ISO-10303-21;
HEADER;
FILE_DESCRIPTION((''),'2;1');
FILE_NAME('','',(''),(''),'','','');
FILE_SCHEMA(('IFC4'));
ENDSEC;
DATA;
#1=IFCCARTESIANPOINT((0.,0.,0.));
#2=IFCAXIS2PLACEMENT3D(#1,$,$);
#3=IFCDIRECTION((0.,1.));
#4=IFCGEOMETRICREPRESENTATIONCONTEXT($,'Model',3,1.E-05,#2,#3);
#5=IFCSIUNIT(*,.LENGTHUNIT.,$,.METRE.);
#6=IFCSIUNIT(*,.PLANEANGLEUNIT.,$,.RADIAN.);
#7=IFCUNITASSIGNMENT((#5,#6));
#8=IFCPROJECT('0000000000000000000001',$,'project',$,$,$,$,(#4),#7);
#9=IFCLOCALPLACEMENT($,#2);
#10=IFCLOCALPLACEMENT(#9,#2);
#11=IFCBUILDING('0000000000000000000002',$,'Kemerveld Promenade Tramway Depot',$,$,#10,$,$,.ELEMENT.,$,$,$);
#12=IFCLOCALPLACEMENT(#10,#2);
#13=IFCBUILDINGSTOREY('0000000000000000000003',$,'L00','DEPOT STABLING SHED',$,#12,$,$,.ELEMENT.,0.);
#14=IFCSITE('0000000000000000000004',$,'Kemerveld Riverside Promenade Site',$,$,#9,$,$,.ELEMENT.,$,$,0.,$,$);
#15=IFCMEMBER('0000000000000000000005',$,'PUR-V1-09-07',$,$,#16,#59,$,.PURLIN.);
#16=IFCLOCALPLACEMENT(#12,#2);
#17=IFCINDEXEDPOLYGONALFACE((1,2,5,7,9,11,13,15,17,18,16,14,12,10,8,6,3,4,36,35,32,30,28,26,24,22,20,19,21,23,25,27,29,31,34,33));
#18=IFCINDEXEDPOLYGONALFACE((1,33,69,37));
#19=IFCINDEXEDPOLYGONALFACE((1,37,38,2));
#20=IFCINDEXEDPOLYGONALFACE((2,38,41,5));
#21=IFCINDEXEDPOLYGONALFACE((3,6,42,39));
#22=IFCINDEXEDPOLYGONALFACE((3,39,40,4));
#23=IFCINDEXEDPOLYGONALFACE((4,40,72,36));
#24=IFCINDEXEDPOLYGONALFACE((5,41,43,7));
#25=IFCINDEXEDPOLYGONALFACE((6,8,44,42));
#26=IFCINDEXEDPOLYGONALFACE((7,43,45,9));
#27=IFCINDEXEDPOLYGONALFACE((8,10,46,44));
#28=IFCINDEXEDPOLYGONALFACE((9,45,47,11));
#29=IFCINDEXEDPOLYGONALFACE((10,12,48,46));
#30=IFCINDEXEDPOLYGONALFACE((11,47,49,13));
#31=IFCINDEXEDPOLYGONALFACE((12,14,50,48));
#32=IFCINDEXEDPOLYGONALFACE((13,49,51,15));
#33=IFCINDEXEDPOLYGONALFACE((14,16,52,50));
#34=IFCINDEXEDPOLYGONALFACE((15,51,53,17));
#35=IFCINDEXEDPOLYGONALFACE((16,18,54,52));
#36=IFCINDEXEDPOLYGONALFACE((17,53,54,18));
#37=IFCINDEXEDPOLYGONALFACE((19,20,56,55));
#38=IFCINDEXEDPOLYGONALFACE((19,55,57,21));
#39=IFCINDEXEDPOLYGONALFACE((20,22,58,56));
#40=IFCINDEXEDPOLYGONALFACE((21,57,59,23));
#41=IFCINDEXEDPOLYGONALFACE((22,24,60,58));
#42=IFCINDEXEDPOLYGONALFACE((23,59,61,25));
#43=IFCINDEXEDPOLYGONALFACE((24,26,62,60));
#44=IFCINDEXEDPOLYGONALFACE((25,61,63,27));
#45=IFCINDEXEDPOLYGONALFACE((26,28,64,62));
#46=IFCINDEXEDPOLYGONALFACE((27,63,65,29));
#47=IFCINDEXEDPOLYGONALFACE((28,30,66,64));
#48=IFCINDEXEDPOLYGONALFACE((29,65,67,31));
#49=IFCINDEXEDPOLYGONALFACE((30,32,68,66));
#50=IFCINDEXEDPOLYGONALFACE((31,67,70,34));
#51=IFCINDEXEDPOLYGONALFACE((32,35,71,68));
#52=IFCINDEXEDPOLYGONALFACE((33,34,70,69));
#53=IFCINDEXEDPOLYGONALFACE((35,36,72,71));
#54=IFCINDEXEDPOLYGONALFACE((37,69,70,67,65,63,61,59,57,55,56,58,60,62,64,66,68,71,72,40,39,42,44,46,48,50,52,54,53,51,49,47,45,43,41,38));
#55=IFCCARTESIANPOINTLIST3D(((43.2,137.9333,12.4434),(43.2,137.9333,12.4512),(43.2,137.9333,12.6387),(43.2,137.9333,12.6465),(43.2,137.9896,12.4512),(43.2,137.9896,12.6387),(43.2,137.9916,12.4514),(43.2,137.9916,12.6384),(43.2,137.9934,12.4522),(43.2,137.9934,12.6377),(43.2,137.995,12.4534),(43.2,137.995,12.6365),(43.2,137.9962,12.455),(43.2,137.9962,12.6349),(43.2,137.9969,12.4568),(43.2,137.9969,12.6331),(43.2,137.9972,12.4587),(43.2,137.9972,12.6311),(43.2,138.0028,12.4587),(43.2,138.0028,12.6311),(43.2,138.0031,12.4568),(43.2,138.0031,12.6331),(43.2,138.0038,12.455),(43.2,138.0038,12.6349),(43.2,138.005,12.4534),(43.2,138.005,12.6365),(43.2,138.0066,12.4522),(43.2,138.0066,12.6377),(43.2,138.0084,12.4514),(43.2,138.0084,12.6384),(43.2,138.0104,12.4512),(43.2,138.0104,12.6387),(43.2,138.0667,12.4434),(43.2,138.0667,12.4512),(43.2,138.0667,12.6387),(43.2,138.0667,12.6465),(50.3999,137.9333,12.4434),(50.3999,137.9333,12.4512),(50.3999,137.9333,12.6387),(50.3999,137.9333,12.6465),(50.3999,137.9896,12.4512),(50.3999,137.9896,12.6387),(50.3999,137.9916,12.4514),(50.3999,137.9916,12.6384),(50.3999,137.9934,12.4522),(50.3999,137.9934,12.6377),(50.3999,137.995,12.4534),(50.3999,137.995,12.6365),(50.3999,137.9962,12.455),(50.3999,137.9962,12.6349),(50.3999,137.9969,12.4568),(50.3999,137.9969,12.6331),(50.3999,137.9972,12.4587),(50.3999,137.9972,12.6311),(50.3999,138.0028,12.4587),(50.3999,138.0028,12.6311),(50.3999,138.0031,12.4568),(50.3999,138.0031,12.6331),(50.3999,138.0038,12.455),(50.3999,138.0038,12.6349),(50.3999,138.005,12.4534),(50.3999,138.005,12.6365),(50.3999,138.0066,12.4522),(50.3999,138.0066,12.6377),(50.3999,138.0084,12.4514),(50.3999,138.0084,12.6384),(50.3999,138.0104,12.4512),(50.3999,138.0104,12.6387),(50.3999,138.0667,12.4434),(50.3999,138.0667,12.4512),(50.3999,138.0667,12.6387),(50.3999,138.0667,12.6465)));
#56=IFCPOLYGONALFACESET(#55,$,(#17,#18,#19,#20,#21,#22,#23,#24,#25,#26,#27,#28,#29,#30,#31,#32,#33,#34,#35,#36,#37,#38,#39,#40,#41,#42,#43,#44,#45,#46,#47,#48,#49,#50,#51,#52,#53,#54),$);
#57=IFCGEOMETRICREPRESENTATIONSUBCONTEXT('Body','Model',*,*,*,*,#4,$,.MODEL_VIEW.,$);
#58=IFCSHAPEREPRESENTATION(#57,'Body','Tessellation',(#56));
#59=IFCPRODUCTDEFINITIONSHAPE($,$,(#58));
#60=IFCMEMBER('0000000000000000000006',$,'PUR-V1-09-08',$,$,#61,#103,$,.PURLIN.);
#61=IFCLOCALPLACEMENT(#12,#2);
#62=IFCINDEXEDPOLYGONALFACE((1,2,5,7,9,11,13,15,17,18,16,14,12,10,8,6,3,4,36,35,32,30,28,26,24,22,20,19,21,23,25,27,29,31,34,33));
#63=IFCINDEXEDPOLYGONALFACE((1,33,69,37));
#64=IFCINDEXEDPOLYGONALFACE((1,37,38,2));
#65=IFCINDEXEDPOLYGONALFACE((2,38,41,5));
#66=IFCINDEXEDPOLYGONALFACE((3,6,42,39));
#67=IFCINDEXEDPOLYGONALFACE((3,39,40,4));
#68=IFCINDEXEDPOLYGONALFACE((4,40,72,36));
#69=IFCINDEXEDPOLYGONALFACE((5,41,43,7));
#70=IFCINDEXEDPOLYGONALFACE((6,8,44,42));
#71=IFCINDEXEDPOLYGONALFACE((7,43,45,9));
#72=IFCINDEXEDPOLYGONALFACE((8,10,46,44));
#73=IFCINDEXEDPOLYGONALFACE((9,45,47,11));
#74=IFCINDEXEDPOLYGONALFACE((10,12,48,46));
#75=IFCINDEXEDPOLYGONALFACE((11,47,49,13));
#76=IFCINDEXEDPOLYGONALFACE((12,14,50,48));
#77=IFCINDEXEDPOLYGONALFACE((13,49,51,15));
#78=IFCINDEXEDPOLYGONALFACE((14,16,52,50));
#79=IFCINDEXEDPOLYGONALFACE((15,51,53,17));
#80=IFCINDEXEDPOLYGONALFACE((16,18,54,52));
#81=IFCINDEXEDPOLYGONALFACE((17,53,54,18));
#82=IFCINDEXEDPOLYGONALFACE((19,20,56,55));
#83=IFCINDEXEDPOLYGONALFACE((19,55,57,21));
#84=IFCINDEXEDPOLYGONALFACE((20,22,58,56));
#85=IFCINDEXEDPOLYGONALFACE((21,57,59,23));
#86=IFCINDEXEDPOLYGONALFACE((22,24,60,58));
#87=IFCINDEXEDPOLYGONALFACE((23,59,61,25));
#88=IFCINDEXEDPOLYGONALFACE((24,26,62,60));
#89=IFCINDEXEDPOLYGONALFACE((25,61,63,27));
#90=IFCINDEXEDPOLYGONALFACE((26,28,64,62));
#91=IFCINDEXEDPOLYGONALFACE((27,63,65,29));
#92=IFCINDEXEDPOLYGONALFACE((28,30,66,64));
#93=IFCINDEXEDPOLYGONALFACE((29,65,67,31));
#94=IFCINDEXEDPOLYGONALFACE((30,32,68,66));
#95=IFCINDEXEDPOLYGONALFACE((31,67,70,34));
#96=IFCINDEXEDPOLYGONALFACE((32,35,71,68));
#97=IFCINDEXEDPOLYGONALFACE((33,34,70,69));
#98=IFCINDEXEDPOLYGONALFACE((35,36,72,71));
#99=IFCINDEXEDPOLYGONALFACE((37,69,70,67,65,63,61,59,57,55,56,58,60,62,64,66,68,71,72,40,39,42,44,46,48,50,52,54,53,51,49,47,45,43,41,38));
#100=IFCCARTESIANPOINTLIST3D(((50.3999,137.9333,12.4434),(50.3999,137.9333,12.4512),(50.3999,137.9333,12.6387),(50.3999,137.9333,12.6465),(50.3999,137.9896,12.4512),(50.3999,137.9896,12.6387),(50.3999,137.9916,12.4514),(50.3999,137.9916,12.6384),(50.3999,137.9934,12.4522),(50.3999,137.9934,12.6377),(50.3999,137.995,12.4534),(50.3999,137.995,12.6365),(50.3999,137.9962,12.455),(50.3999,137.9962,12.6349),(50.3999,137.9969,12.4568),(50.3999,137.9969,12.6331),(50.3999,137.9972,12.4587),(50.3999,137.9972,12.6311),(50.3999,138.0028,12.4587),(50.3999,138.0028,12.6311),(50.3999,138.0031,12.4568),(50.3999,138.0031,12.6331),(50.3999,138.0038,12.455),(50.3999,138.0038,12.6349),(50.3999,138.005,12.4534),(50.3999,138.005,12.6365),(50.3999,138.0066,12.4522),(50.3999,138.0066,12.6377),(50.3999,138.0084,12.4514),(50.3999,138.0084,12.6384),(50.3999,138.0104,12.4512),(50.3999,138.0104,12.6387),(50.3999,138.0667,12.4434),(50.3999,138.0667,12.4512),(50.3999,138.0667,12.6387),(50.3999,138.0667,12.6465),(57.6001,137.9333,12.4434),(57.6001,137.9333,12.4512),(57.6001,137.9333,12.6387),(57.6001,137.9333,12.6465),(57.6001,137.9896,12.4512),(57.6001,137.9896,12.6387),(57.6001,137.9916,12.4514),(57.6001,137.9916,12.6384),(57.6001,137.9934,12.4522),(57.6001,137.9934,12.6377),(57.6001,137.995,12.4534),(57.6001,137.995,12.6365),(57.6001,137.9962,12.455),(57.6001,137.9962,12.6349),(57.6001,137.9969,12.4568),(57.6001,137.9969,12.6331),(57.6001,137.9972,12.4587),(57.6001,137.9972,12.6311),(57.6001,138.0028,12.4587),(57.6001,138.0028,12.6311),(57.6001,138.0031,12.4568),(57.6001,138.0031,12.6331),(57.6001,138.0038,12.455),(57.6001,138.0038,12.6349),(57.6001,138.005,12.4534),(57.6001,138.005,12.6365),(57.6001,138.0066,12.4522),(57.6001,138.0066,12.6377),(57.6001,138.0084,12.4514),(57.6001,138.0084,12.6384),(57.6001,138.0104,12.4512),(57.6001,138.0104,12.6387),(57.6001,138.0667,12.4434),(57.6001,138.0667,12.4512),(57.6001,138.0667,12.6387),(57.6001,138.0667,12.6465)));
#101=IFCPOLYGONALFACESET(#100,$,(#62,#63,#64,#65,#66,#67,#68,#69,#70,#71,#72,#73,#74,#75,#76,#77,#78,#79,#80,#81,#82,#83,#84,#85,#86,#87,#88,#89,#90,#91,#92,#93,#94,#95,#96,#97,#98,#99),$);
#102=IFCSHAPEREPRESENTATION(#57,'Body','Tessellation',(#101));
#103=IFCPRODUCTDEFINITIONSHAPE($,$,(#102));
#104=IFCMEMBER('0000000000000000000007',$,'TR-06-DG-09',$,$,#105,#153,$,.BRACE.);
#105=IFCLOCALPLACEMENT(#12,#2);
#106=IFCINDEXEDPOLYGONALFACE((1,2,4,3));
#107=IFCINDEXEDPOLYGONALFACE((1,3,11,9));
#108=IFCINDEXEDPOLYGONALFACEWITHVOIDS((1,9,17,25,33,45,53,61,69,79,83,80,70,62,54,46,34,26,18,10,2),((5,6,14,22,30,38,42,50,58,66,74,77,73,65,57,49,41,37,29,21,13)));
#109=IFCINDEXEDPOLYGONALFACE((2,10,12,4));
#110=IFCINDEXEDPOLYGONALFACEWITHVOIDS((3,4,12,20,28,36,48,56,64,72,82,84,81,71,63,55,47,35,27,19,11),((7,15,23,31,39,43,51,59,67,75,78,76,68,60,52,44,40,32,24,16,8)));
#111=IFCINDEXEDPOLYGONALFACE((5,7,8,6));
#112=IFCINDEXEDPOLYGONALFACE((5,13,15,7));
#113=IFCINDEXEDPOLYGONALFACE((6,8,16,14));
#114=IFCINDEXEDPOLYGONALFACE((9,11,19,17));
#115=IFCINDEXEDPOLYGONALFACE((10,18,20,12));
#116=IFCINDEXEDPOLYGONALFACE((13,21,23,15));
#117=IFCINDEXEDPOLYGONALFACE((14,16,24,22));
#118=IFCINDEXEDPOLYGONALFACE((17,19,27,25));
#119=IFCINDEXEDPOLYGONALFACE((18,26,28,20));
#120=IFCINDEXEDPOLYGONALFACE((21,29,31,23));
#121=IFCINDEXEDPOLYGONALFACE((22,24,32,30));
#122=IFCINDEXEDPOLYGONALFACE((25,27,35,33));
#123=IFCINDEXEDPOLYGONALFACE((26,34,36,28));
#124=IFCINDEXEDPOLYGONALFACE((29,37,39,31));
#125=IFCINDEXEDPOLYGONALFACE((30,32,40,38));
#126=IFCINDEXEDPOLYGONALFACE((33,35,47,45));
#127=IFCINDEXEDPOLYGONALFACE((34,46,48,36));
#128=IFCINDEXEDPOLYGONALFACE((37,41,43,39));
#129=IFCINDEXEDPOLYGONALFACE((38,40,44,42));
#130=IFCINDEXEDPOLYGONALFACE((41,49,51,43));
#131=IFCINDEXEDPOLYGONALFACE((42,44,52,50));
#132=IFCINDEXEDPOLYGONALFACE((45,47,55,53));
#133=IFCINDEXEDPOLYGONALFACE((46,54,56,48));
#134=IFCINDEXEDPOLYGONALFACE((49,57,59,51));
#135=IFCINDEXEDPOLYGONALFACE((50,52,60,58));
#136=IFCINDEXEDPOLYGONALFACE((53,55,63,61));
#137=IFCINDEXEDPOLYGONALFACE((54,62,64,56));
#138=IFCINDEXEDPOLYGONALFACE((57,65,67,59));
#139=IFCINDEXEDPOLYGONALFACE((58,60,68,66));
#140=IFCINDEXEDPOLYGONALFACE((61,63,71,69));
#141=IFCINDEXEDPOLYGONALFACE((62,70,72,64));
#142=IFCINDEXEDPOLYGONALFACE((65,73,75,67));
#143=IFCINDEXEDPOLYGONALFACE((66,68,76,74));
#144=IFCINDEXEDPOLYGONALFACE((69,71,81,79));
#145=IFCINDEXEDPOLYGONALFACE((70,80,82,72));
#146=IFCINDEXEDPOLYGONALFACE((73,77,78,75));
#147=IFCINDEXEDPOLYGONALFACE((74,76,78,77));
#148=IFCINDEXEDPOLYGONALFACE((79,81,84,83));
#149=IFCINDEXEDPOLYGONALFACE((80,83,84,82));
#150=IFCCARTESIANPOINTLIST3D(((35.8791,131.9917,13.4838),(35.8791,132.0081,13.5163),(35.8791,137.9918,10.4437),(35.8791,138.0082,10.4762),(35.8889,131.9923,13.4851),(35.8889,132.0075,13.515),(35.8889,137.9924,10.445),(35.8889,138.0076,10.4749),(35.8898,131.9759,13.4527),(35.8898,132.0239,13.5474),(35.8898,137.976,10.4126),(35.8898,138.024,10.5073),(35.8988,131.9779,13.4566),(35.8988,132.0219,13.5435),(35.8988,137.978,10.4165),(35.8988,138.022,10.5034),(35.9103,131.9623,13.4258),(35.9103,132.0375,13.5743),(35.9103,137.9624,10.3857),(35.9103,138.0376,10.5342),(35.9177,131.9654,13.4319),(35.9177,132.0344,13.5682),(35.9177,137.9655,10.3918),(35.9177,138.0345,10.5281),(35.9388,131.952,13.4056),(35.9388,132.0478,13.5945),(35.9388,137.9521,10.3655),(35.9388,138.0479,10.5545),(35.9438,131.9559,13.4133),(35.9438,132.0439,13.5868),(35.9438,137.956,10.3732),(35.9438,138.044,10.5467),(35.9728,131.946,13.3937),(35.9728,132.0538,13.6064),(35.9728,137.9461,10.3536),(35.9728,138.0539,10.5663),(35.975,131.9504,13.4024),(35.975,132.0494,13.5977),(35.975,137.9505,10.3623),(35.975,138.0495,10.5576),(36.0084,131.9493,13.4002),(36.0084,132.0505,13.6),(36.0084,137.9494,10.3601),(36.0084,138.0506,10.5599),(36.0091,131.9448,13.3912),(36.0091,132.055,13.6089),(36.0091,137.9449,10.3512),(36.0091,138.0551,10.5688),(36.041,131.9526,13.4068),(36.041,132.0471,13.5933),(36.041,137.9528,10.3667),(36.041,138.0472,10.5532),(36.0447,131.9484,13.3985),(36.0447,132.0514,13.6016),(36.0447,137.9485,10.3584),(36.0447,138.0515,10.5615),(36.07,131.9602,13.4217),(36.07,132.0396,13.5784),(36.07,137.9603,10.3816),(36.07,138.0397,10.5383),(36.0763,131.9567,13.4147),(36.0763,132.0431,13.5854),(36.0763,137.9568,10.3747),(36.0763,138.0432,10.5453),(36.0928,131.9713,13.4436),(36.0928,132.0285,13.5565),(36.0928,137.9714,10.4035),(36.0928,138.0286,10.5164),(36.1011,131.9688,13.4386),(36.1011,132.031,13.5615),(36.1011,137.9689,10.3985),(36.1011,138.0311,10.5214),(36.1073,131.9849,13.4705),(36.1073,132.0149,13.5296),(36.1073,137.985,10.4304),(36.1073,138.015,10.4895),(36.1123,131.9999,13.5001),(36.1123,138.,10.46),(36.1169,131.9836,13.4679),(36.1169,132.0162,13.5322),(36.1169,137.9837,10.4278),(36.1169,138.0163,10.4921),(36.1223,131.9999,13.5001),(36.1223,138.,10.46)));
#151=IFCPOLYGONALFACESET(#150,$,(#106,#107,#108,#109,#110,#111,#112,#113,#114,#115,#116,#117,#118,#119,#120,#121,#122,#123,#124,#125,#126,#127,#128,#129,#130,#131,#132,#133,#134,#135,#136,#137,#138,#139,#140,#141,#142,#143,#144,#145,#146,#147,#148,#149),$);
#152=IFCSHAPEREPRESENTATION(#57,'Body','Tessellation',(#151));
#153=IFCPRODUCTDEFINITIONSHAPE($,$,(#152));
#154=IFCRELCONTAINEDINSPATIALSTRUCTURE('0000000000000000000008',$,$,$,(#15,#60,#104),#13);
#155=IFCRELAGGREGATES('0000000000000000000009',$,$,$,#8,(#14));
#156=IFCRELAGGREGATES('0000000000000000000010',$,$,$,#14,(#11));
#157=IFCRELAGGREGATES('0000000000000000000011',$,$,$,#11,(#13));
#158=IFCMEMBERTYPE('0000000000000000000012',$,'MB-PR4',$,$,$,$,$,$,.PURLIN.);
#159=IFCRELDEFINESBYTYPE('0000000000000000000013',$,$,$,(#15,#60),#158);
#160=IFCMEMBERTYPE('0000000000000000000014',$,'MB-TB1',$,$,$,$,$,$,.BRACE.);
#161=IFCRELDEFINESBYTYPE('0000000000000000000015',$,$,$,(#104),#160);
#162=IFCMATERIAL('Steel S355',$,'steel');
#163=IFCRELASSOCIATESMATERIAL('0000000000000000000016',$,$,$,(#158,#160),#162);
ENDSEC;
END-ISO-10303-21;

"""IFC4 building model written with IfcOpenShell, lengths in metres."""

from ifc_helpers import new_model, si_unit, direction, frame, origin, origin_2d, place, context, subcontext, project, spatial, hollow_circle, i_section, extrude, material, material_profile, profile_set, type_object, element, save


model = new_model("IFC4")

# Units and contexts
model_context = context("Model", 3, precision=1e-05, world=origin(), true_north=direction((0.0, 1.0)))
body_context = subcontext(model_context, "Body", "Model", "MODEL_VIEW")
ifc_project = project(units=[si_unit("LENGTHUNIT", "METRE"), si_unit("PLANEANGLEUNIT", "RADIAN")], contexts=[model_context])

# Site, building, storey
site_placement = place(None, origin())
site = spatial("IfcSite", under=ifc_project, at=site_placement, Name="Kemerveld Riverside Promenade Site", CompositionType="ELEMENT", RefElevation=0.0)
building_placement = place(site_placement, origin())
building = spatial("IfcBuilding", under=site, at=building_placement, Name="Kemerveld Promenade Tramway Depot", CompositionType="ELEMENT")
storey_placement = place(building_placement, origin())
storey = spatial("IfcBuildingStorey", under=building, at=storey_placement, Name="L00", Description="DEPOT STABLING SHED", CompositionType="ELEMENT", Elevation=0.0)

# Members
ifc_material_1 = material(Name="Steel S355", Category="steel")
ifc_material_profile_1 = material_profile(ifc_material_1, i_section(OverallWidth=0.1333, OverallDepth=0.2031, WebThickness=0.0056, FlangeThickness=0.0078, FilletRadius=0.0076, at=origin_2d()), Name="203x133x25 UB")
ifc_profile_set_1 = profile_set([ifc_material_profile_1], Name="Steel S355")
member_type_1 = type_object("IfcMemberType", Name="MB-PR4", PredefinedType="PURLIN", material=ifc_profile_set_1)
for number, where, z_axis, x_axis, name in (
    (1, (43.2, 138.0, 12.5449), (1.0, 0.0, 0.0), (0.0, 1.0, 0.0), "PUR-V1-09-07"),
):
    element("IfcMember", number, at=place(storey_placement, frame(where, z_axis=z_axis, x_axis=x_axis)), inside=storey, type_object=member_type_1, Name=name, PredefinedType="PURLIN", context=body_context, shape_type="SweptSolid", body=[
        extrude(i_section(OverallWidth=0.1333, OverallDepth=0.2031, WebThickness=0.0056, FlangeThickness=0.0078, FilletRadius=0.0076, at=origin_2d()), origin(), (0.0, 0.0, 1.0), 7.2),
    ])
member_1_placement = place(storey_placement, frame((50.3999, 138.0, 12.5449), z_axis=(1.0, 0.0, 0.0), x_axis=(0.0, 1.0, 0.0)))
element("IfcMember", 2, at=member_1_placement, inside=storey, type_object=member_type_1, Name="PUR-V1-09-08", PredefinedType="PURLIN", context=body_context, shape_type="SweptSolid", body=[
    extrude(i_section(OverallWidth=0.1333, OverallDepth=0.2031, WebThickness=0.0056, FlangeThickness=0.0078, FilletRadius=0.0076, at=origin_2d()), origin(), (0.0, 0.0, 1.0), 7.2002),
])
ifc_material_profile_2 = material_profile(ifc_material_1, hollow_circle(Radius=0.1223, WallThickness=0.01, at=origin_2d()), Name="244.5x10.0 CHS")
ifc_profile_set_2 = profile_set([ifc_material_profile_2], Name="Steel S355")
member_type_2 = type_object("IfcMemberType", Name="MB-TB1", PredefinedType="BRACE", material=ifc_profile_set_2)
member_2_placement = place(storey_placement, frame((36.0, 138.0, 10.46), z_axis=(0.0, -0.892033, 0.451969), x_axis=(1.0, 0.0, 0.0)))
element("IfcMember", 3, at=member_2_placement, inside=storey, type_object=member_type_2, Name="TR-06-DG-09", PredefinedType="BRACE", context=body_context, shape_type="SweptSolid", body=[
    extrude(hollow_circle(Radius=0.1223, WallThickness=0.01, at=origin_2d()), origin(), (0.0, 0.0, 1.0), 6.7263),
])

save(model, "model.ifc")
